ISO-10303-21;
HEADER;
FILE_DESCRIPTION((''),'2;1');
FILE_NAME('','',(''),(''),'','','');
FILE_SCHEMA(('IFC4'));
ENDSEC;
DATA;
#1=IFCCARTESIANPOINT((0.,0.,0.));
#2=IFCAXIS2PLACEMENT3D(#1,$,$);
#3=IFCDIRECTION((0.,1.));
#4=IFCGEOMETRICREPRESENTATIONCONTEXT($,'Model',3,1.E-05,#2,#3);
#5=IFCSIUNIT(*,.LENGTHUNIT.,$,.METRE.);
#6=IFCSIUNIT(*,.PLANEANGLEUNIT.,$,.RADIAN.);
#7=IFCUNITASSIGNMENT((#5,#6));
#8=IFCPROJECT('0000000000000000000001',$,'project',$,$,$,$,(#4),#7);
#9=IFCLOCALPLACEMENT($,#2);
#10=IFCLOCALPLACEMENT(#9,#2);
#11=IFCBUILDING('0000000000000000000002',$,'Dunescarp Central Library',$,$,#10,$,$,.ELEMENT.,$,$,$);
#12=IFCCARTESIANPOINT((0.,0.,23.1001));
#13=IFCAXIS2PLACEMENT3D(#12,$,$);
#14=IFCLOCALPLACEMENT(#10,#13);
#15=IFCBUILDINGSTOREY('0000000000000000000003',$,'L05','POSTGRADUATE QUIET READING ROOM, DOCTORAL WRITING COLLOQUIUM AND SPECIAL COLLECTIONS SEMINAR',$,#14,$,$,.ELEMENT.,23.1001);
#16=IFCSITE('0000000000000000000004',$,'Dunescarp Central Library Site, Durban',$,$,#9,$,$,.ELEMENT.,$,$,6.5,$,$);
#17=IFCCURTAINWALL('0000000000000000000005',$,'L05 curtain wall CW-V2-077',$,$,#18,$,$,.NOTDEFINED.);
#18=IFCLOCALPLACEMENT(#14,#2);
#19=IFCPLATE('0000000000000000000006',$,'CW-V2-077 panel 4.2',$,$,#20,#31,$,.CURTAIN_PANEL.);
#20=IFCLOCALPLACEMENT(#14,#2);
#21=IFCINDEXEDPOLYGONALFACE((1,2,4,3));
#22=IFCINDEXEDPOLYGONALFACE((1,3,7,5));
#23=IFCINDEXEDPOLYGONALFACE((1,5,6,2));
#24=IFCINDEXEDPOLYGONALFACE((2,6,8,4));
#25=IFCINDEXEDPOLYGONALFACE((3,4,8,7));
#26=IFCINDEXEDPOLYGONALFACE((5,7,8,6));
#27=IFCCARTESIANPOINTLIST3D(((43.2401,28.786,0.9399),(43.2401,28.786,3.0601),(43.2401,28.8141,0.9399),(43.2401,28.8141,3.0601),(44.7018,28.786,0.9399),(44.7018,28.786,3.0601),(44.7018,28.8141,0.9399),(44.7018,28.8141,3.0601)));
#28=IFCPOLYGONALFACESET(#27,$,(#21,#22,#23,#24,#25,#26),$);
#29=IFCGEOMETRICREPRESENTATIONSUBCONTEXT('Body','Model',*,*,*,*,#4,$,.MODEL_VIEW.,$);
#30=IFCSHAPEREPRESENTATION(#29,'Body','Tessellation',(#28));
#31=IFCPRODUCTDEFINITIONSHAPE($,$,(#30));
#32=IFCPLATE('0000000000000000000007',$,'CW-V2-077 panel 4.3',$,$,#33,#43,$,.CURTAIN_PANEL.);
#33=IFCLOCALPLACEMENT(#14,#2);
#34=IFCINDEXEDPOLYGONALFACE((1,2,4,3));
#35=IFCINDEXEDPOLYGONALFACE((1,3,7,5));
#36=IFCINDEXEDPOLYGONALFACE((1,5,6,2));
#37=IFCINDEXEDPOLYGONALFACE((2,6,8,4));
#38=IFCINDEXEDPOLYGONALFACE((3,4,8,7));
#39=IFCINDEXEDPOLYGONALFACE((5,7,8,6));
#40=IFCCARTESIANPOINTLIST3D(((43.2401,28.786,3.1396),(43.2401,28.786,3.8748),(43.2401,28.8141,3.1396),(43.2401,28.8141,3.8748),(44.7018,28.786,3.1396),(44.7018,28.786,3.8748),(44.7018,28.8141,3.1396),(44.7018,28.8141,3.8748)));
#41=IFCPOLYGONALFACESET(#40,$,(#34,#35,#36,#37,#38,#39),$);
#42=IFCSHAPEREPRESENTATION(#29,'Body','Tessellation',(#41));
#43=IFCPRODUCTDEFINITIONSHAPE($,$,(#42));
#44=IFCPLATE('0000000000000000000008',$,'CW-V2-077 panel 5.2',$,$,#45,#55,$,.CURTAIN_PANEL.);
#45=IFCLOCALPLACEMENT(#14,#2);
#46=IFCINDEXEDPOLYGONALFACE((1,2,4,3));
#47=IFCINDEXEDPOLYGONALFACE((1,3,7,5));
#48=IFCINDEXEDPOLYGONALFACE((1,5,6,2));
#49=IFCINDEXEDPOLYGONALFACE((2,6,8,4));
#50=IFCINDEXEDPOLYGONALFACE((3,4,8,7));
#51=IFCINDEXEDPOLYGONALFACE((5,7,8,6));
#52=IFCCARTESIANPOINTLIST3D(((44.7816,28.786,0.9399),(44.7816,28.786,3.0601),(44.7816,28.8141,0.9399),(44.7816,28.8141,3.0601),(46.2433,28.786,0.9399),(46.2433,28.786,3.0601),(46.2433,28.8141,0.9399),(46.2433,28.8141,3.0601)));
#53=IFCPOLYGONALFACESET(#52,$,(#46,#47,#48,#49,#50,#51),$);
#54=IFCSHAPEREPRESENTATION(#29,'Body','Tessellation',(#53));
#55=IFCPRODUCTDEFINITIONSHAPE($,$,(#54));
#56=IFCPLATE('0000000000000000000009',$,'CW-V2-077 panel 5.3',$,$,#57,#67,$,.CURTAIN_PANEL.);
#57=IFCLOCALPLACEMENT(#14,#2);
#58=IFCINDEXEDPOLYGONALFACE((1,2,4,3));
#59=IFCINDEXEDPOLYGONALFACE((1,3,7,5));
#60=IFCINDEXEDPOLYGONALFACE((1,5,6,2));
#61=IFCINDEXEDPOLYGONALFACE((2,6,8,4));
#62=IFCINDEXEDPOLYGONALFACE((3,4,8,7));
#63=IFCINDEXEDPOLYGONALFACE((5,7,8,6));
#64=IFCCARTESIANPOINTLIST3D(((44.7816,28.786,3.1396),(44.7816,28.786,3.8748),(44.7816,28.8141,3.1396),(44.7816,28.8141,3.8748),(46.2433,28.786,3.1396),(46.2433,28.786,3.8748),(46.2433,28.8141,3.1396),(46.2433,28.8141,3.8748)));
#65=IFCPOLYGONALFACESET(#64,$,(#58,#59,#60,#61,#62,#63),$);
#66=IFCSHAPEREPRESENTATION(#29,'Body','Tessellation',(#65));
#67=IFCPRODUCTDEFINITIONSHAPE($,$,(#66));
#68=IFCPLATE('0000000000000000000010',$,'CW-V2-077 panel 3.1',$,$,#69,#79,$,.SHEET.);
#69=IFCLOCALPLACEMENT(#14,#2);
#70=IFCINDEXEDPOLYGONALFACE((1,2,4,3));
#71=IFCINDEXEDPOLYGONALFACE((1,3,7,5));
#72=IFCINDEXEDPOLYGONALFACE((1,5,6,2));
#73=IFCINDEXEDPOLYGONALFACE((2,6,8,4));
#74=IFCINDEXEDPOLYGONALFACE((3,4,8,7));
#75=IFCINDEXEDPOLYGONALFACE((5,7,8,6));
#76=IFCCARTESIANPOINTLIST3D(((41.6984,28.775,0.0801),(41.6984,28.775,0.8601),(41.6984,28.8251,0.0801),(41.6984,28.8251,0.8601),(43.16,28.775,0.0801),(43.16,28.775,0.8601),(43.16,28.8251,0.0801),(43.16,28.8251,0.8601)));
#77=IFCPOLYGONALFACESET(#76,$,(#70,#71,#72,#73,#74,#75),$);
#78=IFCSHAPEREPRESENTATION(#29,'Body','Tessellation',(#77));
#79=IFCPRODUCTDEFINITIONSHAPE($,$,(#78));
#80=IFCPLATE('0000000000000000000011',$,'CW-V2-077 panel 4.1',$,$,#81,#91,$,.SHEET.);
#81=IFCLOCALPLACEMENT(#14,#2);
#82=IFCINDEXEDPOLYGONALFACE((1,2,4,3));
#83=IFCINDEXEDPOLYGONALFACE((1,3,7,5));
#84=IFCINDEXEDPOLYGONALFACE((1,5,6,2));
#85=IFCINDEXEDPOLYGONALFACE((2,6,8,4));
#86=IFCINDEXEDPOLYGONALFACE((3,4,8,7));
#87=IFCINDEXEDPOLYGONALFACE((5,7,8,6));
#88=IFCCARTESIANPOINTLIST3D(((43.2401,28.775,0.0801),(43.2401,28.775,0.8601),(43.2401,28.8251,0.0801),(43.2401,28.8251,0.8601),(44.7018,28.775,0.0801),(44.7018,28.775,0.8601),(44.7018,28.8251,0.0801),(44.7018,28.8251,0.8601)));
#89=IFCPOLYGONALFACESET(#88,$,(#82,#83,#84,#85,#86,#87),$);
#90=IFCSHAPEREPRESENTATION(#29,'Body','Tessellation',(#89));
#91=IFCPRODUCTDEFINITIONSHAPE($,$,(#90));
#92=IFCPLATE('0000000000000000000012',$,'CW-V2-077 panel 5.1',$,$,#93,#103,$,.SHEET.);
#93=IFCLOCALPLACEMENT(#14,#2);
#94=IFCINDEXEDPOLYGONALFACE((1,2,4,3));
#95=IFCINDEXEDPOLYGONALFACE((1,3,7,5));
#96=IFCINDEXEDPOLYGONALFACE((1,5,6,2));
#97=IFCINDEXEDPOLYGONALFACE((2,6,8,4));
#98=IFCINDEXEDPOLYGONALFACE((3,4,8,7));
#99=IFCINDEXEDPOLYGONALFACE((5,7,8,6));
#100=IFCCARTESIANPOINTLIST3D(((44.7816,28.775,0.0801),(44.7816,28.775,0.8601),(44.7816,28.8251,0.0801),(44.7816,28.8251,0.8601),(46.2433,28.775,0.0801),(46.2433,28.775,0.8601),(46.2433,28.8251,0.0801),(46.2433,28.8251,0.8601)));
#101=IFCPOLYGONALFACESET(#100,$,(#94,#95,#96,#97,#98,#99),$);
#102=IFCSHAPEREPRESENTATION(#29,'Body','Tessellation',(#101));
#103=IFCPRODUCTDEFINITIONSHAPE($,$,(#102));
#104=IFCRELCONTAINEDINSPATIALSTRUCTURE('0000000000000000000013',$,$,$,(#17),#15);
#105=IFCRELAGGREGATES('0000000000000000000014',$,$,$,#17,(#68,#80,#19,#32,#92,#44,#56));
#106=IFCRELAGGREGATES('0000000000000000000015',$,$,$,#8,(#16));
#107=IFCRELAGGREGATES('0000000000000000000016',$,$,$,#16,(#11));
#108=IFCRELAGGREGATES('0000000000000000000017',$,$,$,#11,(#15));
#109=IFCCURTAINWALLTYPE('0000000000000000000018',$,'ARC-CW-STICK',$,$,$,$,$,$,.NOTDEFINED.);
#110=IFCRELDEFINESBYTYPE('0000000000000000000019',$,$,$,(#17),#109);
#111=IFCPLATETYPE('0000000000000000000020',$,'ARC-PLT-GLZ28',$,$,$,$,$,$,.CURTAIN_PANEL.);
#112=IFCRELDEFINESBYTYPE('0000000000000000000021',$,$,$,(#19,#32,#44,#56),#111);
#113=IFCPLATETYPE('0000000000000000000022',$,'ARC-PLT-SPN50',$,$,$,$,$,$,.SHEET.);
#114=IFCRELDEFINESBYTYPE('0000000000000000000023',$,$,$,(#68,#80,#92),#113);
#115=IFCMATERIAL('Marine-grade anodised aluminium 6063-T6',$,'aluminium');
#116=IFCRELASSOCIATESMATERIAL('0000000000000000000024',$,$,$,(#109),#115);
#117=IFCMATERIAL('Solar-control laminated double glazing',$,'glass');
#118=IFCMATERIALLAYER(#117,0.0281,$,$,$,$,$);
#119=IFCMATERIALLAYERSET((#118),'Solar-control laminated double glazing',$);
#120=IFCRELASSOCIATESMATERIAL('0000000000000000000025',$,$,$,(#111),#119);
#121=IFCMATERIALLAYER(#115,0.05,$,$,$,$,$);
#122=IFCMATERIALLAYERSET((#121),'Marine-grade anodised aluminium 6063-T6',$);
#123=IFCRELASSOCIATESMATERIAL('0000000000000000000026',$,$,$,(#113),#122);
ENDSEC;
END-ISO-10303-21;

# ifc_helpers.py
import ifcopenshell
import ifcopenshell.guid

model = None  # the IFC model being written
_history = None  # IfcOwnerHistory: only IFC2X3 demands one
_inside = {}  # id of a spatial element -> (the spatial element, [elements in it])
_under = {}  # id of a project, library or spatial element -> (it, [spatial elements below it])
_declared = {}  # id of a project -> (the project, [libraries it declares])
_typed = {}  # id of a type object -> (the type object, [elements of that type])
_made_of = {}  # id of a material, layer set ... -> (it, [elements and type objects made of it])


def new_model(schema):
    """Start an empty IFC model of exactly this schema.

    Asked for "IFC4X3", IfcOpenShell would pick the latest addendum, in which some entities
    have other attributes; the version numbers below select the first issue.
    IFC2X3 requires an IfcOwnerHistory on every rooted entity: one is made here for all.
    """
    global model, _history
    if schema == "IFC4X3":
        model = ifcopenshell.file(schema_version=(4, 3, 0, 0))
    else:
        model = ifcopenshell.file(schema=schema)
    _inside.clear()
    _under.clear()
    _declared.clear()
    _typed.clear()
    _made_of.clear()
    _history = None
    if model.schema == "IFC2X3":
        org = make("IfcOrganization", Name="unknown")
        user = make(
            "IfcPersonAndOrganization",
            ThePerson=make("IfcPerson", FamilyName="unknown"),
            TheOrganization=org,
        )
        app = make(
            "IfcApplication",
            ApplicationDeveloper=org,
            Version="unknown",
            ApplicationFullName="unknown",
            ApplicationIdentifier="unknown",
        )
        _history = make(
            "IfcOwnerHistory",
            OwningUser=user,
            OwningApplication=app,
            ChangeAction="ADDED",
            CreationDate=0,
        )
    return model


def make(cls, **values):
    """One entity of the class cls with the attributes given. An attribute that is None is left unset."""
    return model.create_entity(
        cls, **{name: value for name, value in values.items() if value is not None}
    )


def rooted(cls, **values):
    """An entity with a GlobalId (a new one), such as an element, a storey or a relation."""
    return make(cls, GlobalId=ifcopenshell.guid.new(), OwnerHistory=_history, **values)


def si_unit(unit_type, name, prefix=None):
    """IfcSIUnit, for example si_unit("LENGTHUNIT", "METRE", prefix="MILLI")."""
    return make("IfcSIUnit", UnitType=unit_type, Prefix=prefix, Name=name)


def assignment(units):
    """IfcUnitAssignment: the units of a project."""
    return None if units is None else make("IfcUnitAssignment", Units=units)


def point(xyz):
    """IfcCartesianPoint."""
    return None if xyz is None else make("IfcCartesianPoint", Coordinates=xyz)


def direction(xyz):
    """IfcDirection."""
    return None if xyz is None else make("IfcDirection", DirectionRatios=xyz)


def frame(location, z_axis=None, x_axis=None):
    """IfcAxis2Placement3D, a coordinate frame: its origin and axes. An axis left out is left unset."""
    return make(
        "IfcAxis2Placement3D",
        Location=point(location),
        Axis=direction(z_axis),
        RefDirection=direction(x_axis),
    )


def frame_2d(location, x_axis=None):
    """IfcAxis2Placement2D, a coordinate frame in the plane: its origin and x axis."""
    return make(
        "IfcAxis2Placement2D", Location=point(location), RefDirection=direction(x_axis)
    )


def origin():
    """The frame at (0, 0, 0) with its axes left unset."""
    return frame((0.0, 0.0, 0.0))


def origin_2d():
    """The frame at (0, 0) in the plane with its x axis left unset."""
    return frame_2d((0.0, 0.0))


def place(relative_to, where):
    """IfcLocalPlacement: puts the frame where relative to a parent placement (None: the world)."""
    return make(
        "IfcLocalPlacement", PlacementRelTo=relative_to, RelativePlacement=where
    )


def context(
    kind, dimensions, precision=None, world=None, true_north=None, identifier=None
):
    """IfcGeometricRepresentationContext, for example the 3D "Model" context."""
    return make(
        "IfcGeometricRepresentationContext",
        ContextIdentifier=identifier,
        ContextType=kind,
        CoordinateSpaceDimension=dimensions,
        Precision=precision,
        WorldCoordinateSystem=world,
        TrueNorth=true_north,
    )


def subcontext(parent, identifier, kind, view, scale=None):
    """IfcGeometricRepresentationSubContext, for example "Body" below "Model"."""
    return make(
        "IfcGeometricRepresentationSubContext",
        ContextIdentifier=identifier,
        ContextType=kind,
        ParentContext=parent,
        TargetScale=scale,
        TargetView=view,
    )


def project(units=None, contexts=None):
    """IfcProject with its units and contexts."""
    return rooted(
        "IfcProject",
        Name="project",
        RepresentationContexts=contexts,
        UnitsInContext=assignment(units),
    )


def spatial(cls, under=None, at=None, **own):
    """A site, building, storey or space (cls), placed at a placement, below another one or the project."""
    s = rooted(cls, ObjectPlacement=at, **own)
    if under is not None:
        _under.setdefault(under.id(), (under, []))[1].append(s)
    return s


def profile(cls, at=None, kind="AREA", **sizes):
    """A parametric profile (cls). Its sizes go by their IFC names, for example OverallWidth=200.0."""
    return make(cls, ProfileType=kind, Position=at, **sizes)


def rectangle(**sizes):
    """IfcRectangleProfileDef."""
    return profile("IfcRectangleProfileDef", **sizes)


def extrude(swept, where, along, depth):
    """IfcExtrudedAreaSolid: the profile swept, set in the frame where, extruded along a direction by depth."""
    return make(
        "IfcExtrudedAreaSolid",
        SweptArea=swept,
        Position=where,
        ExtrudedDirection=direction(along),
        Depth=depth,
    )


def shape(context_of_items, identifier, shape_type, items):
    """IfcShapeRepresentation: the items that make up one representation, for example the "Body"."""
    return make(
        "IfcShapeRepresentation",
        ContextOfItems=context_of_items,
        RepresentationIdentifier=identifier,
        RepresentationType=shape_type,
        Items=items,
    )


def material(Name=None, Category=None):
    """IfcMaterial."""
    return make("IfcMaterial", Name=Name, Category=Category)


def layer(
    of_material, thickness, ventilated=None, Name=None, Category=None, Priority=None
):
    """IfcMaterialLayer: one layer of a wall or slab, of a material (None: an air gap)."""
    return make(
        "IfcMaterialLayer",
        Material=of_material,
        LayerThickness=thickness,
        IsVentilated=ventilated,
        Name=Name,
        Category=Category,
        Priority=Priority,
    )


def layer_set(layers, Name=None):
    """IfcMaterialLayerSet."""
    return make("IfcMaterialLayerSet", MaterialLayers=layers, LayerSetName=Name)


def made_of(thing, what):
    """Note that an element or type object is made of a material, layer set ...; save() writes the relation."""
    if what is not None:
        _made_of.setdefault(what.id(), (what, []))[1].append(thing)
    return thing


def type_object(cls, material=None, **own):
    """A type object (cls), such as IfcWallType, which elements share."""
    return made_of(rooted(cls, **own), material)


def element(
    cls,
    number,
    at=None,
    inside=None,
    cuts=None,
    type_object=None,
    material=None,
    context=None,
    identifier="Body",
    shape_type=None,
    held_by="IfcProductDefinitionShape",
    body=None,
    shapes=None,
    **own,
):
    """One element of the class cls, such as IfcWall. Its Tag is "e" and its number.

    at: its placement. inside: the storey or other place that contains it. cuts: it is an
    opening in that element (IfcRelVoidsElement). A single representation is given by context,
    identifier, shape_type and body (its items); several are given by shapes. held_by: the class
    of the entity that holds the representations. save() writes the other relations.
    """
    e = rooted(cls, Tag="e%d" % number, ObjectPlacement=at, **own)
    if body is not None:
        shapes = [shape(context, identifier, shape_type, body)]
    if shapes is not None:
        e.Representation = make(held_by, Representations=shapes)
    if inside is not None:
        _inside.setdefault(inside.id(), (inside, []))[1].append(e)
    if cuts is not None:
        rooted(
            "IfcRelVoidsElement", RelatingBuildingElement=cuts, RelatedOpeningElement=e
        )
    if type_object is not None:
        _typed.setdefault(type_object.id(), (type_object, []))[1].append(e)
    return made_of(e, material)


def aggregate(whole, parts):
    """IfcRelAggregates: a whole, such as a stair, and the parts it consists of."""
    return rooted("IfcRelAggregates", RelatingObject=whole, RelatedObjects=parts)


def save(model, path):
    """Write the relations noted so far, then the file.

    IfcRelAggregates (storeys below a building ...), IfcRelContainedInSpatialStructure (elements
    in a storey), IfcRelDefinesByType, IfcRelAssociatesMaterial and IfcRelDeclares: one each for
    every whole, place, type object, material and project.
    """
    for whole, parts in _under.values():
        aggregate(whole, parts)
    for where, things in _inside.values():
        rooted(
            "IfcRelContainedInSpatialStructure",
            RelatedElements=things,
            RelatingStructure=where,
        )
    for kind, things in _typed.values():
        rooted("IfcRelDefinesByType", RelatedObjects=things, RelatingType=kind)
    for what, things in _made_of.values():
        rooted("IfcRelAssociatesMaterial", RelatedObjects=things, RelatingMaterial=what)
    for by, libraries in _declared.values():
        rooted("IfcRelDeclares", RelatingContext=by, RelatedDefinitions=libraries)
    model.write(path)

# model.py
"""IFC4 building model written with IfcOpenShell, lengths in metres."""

from ifc_helpers import new_model, si_unit, direction, frame, origin, origin_2d, place, context, subcontext, project, spatial, rectangle, extrude, material, layer, layer_set, type_object, element, aggregate, save


model = new_model("IFC4")

# Units and contexts
model_context = context("Model", 3, precision=1e-05, world=origin(), true_north=direction((0.0, 1.0)))
body_context = subcontext(model_context, "Body", "Model", "MODEL_VIEW")
ifc_project = project(units=[si_unit("LENGTHUNIT", "METRE"), si_unit("PLANEANGLEUNIT", "RADIAN")], contexts=[model_context])

# Site, building, storey
site_placement = place(None, origin())
site = spatial("IfcSite", under=ifc_project, at=site_placement, Name="Dunescarp Central Library Site, Durban", CompositionType="ELEMENT", RefElevation=6.5)
building_placement = place(site_placement, origin())
building = spatial("IfcBuilding", under=site, at=building_placement, Name="Dunescarp Central Library", CompositionType="ELEMENT")
storey_placement = place(building_placement, frame((0.0, 0.0, 23.1001)))
storey = spatial("IfcBuildingStorey", under=building, at=storey_placement, Name="L05", Description="POSTGRADUATE QUIET READING ROOM, DOCTORAL WRITING COLLOQUIUM AND SPECIAL COLLECTIONS SEMINAR", CompositionType="ELEMENT", Elevation=23.1001)

# Curtain wall, plates
ifc_material_1 = material(Name="Marine-grade anodised aluminium 6063-T6", Category="aluminium")
curtain_wall_type = type_object("IfcCurtainWallType", Name="ARC-CW-STICK", PredefinedType="NOTDEFINED", material=ifc_material_1)
curtain_wall_placement = place(storey_placement, origin())
curtain_wall = element("IfcCurtainWall", 1, at=curtain_wall_placement, inside=storey, type_object=curtain_wall_type, Name="L05 curtain wall CW-V2-077", PredefinedType="NOTDEFINED")
ifc_material_2 = material(Name="Solar-control laminated double glazing", Category="glass")
ifc_layer_1 = layer(ifc_material_2, 0.0281)
ifc_layer_set_1 = layer_set([ifc_layer_1], Name="Solar-control laminated double glazing")
plate_type_1 = type_object("IfcPlateType", Name="ARC-PLT-GLZ28", PredefinedType="CURTAIN_PANEL", material=ifc_layer_set_1)
plate_1_placement = place(storey_placement, frame((43.9709, 28.8, 0.9399), z_axis=(0.0, 0.0, 1.0), x_axis=(1.0, 0.0, 0.0)))
plate_1 = element("IfcPlate", 2, at=plate_1_placement, type_object=plate_type_1, Name="CW-V2-077 panel 4.2", PredefinedType="CURTAIN_PANEL", context=body_context, shape_type="SweptSolid", body=[
    extrude(rectangle(XDim=1.4617, YDim=0.0281, at=origin_2d()), origin(), (0.0, 0.0, 1.0), 2.1201),
])
plate_2_placement = place(storey_placement, frame((43.9709, 28.8, 3.1396), z_axis=(0.0, 0.0, 1.0), x_axis=(1.0, 0.0, 0.0)))
plate_2 = element("IfcPlate", 3, at=plate_2_placement, type_object=plate_type_1, Name="CW-V2-077 panel 4.3", PredefinedType="CURTAIN_PANEL", context=body_context, shape_type="SweptSolid", body=[
    extrude(rectangle(XDim=1.4617, YDim=0.0281, at=origin_2d()), origin(), (0.0, 0.0, 1.0), 0.7351),
])
plate_3_placement = place(storey_placement, frame((45.5125, 28.8, 0.9399), z_axis=(0.0, 0.0, 1.0), x_axis=(1.0, 0.0, 0.0)))
plate_3 = element("IfcPlate", 4, at=plate_3_placement, type_object=plate_type_1, Name="CW-V2-077 panel 5.2", PredefinedType="CURTAIN_PANEL", context=body_context, shape_type="SweptSolid", body=[
    extrude(rectangle(XDim=1.4617, YDim=0.0281, at=origin_2d()), origin(), (0.0, 0.0, 1.0), 2.1201),
])
plate_4_placement = place(storey_placement, frame((45.5125, 28.8, 3.1396), z_axis=(0.0, 0.0, 1.0), x_axis=(1.0, 0.0, 0.0)))
plate_4 = element("IfcPlate", 5, at=plate_4_placement, type_object=plate_type_1, Name="CW-V2-077 panel 5.3", PredefinedType="CURTAIN_PANEL", context=body_context, shape_type="SweptSolid", body=[
    extrude(rectangle(XDim=1.4617, YDim=0.0281, at=origin_2d()), origin(), (0.0, 0.0, 1.0), 0.7351),
])
ifc_layer_2 = layer(ifc_material_1, 0.05)
ifc_layer_set_2 = layer_set([ifc_layer_2], Name="Marine-grade anodised aluminium 6063-T6")
plate_type_2 = type_object("IfcPlateType", Name="ARC-PLT-SPN50", PredefinedType="SHEET", material=ifc_layer_set_2)
plate_5_placement = place(storey_placement, frame((42.4292, 28.8, 0.0801), z_axis=(0.0, 0.0, 1.0), x_axis=(1.0, 0.0, 0.0)))
plate_5 = element("IfcPlate", 6, at=plate_5_placement, type_object=plate_type_2, Name="CW-V2-077 panel 3.1", PredefinedType="SHEET", context=body_context, shape_type="SweptSolid", body=[
    extrude(rectangle(XDim=1.4617, YDim=0.05, at=origin_2d()), origin(), (0.0, 0.0, 1.0), 0.78),
])
plate_6_placement = place(storey_placement, frame((43.9709, 28.8, 0.0801), z_axis=(0.0, 0.0, 1.0), x_axis=(1.0, 0.0, 0.0)))
plate_6 = element("IfcPlate", 7, at=plate_6_placement, type_object=plate_type_2, Name="CW-V2-077 panel 4.1", PredefinedType="SHEET", context=body_context, shape_type="SweptSolid", body=[
    extrude(rectangle(XDim=1.4617, YDim=0.05, at=origin_2d()), origin(), (0.0, 0.0, 1.0), 0.78),
])
plate_7_placement = place(storey_placement, frame((45.5125, 28.8, 0.0801), z_axis=(0.0, 0.0, 1.0), x_axis=(1.0, 0.0, 0.0)))
plate_7 = element("IfcPlate", 8, at=plate_7_placement, type_object=plate_type_2, Name="CW-V2-077 panel 5.1", PredefinedType="SHEET", context=body_context, shape_type="SweptSolid", body=[
    extrude(rectangle(XDim=1.4617, YDim=0.05, at=origin_2d()), origin(), (0.0, 0.0, 1.0), 0.78),
])
aggregate(curtain_wall, [plate_5, plate_6, plate_1, plate_2, plate_7, plate_3, plate_4])

save(model, "model.ifc")
